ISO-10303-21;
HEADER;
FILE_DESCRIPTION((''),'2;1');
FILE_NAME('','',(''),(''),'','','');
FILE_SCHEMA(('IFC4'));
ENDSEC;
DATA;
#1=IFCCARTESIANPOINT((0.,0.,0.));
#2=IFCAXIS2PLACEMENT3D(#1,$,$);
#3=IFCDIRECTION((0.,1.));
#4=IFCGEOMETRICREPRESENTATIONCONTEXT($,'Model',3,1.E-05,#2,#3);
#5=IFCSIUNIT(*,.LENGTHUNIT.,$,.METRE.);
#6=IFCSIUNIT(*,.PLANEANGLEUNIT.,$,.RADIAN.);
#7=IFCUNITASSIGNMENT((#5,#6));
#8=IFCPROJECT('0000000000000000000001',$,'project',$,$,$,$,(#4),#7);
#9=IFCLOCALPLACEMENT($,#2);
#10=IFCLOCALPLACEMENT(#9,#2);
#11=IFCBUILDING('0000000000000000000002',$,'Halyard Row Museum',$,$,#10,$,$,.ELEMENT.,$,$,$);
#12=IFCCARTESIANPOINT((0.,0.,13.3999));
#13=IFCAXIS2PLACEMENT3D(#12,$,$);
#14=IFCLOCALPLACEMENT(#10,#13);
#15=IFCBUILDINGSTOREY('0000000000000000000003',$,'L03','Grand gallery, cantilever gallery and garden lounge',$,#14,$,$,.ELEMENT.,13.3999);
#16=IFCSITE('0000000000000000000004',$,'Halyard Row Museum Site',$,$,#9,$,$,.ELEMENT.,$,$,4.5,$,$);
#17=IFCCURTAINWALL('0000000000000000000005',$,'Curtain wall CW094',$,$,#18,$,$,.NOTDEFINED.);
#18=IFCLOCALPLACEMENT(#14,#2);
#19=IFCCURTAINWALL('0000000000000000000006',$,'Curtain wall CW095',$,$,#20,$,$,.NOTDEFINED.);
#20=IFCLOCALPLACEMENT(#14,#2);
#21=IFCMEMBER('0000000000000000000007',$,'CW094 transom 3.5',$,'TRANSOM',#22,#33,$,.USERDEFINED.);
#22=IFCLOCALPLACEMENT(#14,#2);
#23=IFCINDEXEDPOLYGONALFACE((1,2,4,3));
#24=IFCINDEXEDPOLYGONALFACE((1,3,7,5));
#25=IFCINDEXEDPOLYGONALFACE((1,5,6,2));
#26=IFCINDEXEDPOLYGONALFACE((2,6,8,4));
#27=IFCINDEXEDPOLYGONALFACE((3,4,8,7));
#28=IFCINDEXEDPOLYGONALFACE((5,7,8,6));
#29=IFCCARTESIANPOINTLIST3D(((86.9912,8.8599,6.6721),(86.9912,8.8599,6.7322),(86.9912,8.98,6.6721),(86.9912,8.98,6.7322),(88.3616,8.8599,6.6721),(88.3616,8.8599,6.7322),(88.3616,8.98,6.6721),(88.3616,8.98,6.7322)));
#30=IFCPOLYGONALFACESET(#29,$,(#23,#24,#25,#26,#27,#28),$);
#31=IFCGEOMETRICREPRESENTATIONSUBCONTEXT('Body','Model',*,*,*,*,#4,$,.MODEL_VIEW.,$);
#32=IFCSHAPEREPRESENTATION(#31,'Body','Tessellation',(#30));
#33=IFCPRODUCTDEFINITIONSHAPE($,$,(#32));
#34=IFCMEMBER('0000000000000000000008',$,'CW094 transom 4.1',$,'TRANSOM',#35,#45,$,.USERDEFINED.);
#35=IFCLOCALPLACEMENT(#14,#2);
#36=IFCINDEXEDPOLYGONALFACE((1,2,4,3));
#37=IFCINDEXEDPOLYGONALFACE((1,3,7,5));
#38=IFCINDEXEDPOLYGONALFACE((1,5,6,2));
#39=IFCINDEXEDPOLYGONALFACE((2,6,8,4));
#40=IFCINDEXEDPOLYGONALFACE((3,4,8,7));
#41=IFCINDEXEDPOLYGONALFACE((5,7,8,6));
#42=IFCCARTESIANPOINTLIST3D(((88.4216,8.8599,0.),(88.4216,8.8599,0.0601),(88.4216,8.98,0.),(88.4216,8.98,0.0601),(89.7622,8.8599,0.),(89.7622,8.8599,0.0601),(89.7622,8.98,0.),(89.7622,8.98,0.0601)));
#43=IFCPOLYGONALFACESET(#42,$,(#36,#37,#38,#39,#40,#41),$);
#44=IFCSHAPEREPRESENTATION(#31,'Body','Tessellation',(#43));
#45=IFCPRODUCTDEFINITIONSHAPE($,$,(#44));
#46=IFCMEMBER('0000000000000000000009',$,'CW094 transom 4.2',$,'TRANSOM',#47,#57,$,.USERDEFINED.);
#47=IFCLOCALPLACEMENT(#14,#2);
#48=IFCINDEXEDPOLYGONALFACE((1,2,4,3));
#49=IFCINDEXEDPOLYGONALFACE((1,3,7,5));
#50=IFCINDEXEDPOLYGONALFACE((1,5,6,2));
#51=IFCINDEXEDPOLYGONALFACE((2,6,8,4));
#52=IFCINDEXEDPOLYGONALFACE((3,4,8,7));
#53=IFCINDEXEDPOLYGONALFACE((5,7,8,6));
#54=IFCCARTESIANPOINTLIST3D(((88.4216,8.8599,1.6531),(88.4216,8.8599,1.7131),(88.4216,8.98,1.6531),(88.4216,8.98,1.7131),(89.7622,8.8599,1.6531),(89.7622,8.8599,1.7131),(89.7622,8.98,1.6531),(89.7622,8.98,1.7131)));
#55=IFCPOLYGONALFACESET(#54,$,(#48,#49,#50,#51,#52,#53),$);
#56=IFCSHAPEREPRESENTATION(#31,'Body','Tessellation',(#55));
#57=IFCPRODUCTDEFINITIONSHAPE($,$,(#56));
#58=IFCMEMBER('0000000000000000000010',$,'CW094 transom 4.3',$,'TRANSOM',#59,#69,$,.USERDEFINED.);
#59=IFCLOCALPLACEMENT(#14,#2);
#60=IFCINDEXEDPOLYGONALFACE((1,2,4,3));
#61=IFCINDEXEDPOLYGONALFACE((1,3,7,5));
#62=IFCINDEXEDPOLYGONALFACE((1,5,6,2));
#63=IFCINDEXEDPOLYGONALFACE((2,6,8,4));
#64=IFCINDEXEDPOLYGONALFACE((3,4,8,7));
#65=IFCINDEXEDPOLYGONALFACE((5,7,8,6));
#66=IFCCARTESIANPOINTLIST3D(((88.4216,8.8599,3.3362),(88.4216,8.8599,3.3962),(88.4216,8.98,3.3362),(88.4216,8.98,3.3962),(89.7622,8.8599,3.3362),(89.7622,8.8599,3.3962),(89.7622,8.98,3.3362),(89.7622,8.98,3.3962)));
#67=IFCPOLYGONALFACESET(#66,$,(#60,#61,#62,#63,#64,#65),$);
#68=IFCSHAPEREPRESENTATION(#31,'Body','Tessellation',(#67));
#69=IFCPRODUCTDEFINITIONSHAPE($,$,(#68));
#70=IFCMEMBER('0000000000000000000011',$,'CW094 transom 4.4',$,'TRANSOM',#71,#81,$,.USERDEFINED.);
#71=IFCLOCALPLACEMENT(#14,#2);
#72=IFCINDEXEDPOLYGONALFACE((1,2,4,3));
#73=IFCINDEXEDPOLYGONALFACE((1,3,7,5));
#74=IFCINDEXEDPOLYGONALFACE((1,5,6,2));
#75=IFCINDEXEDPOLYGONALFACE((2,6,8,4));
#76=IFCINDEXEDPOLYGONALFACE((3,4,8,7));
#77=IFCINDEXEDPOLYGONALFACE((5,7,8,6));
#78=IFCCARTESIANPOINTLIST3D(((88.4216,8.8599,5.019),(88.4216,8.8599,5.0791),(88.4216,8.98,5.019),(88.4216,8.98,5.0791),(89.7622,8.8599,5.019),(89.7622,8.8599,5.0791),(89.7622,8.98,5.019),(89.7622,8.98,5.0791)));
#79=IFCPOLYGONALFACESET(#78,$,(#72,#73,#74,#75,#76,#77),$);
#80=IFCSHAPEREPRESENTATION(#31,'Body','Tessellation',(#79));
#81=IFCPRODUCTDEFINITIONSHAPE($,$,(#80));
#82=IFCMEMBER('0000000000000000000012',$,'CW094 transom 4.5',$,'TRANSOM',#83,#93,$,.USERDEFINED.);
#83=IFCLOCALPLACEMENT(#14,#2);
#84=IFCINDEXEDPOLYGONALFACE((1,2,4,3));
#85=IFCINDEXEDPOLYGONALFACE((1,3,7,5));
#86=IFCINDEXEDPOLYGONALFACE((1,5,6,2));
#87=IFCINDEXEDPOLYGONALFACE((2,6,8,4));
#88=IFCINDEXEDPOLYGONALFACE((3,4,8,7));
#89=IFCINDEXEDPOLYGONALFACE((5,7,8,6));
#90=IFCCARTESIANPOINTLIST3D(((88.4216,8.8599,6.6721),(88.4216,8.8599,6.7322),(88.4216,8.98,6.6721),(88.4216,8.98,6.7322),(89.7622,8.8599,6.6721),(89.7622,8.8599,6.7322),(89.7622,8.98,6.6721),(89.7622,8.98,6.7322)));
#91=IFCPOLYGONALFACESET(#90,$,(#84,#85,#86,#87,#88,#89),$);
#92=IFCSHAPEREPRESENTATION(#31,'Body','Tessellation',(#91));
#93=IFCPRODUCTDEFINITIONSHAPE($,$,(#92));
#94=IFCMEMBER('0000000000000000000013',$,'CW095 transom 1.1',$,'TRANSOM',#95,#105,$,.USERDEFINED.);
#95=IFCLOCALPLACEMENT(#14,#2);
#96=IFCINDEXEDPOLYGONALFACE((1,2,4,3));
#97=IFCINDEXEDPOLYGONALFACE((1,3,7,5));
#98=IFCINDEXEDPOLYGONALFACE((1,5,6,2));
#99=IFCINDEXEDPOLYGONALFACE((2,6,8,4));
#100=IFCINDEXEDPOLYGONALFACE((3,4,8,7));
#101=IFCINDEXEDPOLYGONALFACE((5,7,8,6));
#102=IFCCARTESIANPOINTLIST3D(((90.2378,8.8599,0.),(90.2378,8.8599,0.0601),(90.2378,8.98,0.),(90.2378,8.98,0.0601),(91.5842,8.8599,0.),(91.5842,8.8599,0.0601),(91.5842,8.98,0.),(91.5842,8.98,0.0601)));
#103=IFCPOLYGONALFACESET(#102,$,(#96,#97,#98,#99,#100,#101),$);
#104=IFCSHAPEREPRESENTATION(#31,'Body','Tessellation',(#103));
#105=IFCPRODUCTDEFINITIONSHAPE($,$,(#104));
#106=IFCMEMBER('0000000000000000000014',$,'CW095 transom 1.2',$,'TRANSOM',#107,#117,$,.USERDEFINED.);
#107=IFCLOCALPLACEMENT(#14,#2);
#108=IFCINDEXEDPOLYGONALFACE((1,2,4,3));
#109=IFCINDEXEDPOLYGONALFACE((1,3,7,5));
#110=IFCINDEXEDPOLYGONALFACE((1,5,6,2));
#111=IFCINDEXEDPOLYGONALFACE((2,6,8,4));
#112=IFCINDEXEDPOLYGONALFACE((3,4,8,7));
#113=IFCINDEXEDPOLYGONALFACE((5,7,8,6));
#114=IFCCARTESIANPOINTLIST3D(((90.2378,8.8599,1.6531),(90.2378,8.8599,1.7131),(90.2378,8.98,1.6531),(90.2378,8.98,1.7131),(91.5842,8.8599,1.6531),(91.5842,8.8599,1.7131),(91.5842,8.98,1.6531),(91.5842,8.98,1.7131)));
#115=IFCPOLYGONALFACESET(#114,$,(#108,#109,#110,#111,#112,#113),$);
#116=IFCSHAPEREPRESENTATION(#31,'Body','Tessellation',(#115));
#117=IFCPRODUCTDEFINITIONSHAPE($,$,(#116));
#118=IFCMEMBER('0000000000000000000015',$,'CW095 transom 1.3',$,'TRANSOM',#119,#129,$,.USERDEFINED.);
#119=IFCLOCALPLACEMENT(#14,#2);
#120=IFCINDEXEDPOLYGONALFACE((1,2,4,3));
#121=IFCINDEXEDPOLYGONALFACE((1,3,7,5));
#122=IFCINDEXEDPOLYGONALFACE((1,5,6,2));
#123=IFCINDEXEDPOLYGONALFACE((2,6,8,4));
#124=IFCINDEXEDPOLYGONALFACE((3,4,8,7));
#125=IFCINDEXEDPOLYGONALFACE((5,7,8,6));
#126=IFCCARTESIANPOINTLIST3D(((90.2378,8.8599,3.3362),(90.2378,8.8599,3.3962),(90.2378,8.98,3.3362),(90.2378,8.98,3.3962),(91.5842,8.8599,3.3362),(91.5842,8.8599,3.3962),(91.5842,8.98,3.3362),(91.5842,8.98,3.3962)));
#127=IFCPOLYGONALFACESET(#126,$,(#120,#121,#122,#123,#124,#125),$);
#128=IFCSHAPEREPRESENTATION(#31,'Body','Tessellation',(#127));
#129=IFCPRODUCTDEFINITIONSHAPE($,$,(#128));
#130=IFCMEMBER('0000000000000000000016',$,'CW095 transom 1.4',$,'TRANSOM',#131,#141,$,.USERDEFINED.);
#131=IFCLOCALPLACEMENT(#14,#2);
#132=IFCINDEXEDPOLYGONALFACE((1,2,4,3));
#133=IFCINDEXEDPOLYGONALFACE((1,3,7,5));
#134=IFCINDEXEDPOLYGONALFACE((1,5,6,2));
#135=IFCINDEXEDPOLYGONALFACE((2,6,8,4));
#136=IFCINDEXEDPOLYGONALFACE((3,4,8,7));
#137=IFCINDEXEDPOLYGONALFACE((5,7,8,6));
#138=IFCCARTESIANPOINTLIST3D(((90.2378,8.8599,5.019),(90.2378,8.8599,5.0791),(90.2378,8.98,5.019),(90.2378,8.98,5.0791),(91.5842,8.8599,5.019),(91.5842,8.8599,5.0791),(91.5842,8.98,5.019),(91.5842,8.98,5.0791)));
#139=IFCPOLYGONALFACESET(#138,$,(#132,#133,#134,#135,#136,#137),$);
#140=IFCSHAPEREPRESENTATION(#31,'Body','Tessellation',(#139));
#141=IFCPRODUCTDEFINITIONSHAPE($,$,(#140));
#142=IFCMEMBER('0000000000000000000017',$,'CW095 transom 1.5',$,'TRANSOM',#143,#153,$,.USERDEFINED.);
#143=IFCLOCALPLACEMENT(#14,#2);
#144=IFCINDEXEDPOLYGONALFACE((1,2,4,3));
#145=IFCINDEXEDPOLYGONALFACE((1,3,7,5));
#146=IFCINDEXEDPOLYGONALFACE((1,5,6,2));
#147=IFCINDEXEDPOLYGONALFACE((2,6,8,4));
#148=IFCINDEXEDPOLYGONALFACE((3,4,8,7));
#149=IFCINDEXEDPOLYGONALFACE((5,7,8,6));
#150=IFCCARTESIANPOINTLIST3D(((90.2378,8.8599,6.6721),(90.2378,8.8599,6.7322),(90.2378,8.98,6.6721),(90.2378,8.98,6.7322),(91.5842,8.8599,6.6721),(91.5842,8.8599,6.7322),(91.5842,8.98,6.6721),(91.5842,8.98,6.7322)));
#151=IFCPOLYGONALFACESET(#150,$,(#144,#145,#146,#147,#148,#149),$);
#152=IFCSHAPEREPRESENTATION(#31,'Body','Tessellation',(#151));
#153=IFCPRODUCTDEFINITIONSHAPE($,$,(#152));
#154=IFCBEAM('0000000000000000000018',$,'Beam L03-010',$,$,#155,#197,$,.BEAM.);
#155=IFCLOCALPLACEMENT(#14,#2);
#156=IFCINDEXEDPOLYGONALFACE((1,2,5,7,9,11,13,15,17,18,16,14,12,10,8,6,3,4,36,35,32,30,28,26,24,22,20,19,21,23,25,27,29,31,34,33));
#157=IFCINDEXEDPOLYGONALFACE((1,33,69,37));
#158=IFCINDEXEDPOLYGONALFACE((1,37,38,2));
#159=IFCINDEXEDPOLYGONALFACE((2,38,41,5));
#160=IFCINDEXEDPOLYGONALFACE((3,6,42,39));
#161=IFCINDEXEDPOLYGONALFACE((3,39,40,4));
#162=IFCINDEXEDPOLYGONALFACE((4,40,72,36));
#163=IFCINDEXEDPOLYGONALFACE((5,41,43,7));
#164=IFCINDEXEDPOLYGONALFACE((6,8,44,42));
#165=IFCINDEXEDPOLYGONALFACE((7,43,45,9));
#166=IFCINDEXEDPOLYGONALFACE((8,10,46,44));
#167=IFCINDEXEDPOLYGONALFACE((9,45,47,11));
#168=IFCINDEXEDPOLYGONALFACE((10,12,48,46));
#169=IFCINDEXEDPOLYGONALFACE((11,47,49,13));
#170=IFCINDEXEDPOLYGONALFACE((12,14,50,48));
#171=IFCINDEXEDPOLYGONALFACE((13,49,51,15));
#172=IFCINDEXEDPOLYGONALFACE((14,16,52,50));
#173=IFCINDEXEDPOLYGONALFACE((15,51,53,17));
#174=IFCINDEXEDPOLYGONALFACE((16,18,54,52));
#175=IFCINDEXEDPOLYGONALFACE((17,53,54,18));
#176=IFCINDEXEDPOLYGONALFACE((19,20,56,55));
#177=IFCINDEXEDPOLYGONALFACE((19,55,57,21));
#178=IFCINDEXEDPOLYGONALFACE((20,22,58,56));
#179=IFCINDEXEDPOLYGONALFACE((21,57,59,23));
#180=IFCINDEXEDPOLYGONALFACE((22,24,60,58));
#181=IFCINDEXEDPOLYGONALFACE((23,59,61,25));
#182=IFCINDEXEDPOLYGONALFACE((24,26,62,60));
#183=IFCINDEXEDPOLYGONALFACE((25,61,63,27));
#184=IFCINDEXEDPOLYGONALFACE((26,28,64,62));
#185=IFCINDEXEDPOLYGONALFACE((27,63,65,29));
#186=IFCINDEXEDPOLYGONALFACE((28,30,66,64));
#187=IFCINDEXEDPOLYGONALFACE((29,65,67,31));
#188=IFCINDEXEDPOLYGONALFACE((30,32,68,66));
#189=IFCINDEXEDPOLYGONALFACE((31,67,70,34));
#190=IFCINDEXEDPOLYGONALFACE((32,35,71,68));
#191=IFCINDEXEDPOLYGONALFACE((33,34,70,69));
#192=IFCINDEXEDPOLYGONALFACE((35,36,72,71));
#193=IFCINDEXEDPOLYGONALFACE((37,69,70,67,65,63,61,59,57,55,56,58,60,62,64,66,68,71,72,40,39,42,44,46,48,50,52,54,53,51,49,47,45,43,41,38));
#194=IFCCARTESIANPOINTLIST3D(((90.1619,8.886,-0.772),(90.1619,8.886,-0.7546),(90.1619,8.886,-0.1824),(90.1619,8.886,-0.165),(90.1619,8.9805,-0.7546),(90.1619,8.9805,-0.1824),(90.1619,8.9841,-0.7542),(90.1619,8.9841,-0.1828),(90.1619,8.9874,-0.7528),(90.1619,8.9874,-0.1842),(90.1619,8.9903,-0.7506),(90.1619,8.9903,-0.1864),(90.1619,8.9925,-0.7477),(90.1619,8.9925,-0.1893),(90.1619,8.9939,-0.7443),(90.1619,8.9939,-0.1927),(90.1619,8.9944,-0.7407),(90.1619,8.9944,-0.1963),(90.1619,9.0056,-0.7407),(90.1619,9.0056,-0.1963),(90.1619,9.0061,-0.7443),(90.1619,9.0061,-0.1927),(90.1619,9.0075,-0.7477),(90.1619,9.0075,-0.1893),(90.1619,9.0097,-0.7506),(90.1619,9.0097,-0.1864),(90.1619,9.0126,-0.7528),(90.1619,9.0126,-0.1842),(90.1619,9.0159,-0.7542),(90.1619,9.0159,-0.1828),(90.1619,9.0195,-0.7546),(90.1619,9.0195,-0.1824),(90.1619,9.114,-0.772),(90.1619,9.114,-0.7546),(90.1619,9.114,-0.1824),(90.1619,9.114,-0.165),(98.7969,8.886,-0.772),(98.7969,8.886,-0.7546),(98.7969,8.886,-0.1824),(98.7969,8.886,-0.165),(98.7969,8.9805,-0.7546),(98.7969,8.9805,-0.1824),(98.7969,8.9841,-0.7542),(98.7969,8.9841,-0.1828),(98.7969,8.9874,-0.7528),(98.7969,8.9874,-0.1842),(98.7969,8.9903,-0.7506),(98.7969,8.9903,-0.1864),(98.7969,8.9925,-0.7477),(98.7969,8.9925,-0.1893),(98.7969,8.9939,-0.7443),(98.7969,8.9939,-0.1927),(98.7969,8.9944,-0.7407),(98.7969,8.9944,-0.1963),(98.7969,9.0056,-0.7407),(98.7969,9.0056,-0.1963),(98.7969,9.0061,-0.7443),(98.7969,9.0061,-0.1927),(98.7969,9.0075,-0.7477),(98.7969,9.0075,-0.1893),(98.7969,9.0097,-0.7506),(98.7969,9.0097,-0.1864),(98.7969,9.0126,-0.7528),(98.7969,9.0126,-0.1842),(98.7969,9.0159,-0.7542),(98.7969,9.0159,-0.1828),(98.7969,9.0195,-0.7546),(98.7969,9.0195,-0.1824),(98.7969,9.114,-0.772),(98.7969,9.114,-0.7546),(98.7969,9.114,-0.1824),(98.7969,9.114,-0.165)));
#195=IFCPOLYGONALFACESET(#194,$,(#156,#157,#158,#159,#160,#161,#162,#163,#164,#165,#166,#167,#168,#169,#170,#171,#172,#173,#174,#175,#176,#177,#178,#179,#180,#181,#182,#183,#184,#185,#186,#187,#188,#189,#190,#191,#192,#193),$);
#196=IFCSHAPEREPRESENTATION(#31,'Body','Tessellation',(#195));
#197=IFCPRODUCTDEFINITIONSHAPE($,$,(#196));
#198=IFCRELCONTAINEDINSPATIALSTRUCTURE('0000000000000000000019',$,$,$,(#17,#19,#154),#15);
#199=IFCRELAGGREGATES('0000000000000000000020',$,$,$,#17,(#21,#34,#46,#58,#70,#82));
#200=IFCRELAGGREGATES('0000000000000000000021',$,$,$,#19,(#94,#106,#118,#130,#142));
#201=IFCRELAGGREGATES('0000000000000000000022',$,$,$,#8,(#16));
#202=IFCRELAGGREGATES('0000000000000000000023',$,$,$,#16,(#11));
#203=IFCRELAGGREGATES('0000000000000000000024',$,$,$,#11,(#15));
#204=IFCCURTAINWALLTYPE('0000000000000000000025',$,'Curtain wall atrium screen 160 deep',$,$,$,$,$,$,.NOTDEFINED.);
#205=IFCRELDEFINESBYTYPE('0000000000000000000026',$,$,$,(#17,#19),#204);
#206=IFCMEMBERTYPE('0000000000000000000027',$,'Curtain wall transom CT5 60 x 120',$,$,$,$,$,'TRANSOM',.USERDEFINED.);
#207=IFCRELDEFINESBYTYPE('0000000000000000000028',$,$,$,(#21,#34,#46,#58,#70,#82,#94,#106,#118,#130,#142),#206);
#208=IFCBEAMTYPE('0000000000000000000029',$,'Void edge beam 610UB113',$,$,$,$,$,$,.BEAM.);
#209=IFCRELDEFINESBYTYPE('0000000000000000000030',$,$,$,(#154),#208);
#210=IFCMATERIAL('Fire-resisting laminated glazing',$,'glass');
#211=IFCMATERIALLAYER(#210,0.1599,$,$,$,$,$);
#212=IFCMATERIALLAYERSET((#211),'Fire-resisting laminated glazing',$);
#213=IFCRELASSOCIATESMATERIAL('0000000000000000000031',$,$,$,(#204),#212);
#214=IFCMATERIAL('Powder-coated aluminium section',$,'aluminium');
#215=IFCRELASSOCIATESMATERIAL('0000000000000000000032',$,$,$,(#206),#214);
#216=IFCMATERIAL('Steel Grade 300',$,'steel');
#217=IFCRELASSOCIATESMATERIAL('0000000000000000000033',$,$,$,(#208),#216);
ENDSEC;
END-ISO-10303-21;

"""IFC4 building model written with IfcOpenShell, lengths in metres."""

from ifc_helpers import new_model, si_unit, direction, frame, origin, origin_2d, place, context, subcontext, project, spatial, rectangle, i_section, extrude, material, layer, layer_set, material_profile, profile_set, type_object, element, aggregate, save


model = new_model("IFC4")

# Units and contexts
model_context = context("Model", 3, precision=1e-05, world=origin(), true_north=direction((0.0, 1.0)))
body_context = subcontext(model_context, "Body", "Model", "MODEL_VIEW")
ifc_project = project(units=[si_unit("LENGTHUNIT", "METRE"), si_unit("PLANEANGLEUNIT", "RADIAN")], contexts=[model_context])

# Site, building, storey
site_placement = place(None, origin())
site = spatial("IfcSite", under=ifc_project, at=site_placement, Name="Halyard Row Museum Site", CompositionType="ELEMENT", RefElevation=4.5)
building_placement = place(site_placement, origin())
building = spatial("IfcBuilding", under=site, at=building_placement, Name="Halyard Row Museum", CompositionType="ELEMENT")
storey_placement = place(building_placement, frame((0.0, 0.0, 13.3999)))
storey = spatial("IfcBuildingStorey", under=building, at=storey_placement, Name="L03", Description="Grand gallery, cantilever gallery and garden lounge", CompositionType="ELEMENT", Elevation=13.3999)

# Curtain walls
ifc_material_1 = material(Name="Fire-resisting laminated glazing", Category="glass")
ifc_layer_1 = layer(ifc_material_1, 0.1599)
ifc_layer_set_1 = layer_set([ifc_layer_1], Name="Fire-resisting laminated glazing")
curtain_wall_type_1 = type_object("IfcCurtainWallType", Name="Curtain wall atrium screen 160 deep", PredefinedType="NOTDEFINED", material=ifc_layer_set_1)
curtain_wall_1_placement = place(storey_placement, origin())
curtain_wall_1 = element("IfcCurtainWall", 1, at=curtain_wall_1_placement, inside=storey, type_object=curtain_wall_type_1, Name="Curtain wall CW094", PredefinedType="NOTDEFINED")
curtain_wall_2_placement = place(storey_placement, origin())
curtain_wall_2 = element("IfcCurtainWall", 2, at=curtain_wall_2_placement, inside=storey, type_object=curtain_wall_type_1, Name="Curtain wall CW095", PredefinedType="NOTDEFINED")

# Members
ifc_material_2 = material(Name="Powder-coated aluminium section", Category="aluminium")
ifc_material_profile_1 = material_profile(ifc_material_2, rectangle(XDim=0.1201, YDim=0.0601, at=origin_2d()), Name="120x60 transom")
ifc_profile_set_1 = profile_set([ifc_material_profile_1], Name="Powder-coated aluminium section")
member_type_1 = type_object("IfcMemberType", Name="Curtain wall transom CT5 60 x 120", ElementType="TRANSOM", PredefinedType="USERDEFINED", material=ifc_profile_set_1)
member_1_placement = place(storey_placement, frame((86.9912, 8.9199, 6.7021), z_axis=(1.0, 0.0, 0.0), x_axis=(0.0, 1.0, 0.0)))
member_1 = element("IfcMember", 3, at=member_1_placement, type_object=member_type_1, Name="CW094 transom 3.5", ObjectType="TRANSOM", PredefinedType="USERDEFINED", context=body_context, shape_type="SweptSolid", body=[
    extrude(rectangle(XDim=0.1201, YDim=0.0601, at=origin_2d()), origin(), (0.0, 0.0, 1.0), 1.3704),
])
member_2_placement = place(storey_placement, frame((88.4216, 8.9199, 0.03), z_axis=(1.0, 0.0, 0.0), x_axis=(0.0, 1.0, 0.0)))
member_2 = element("IfcMember", 4, at=member_2_placement, type_object=member_type_1, Name="CW094 transom 4.1", ObjectType="TRANSOM", PredefinedType="USERDEFINED", context=body_context, shape_type="SweptSolid", body=[
    extrude(rectangle(XDim=0.1201, YDim=0.0601, at=origin_2d()), origin(), (0.0, 0.0, 1.0), 1.3406),
])
member_3_placement = place(storey_placement, frame((88.4216, 8.9199, 1.6831), z_axis=(1.0, 0.0, 0.0), x_axis=(0.0, 1.0, 0.0)))
member_3 = element("IfcMember", 5, at=member_3_placement, type_object=member_type_1, Name="CW094 transom 4.2", ObjectType="TRANSOM", PredefinedType="USERDEFINED", context=body_context, shape_type="SweptSolid", body=[
    extrude(rectangle(XDim=0.1201, YDim=0.0601, at=origin_2d()), origin(), (0.0, 0.0, 1.0), 1.3406),
])
member_4_placement = place(storey_placement, frame((88.4216, 8.9199, 3.3662), z_axis=(1.0, 0.0, 0.0), x_axis=(0.0, 1.0, 0.0)))
member_4 = element("IfcMember", 6, at=member_4_placement, type_object=member_type_1, Name="CW094 transom 4.3", ObjectType="TRANSOM", PredefinedType="USERDEFINED", context=body_context, shape_type="SweptSolid", body=[
    extrude(rectangle(XDim=0.1201, YDim=0.0601, at=origin_2d()), origin(), (0.0, 0.0, 1.0), 1.3406),
])
member_5_placement = place(storey_placement, frame((88.4216, 8.9199, 5.0491), z_axis=(1.0, 0.0, 0.0), x_axis=(0.0, 1.0, 0.0)))
member_5 = element("IfcMember", 7, at=member_5_placement, type_object=member_type_1, Name="CW094 transom 4.4", ObjectType="TRANSOM", PredefinedType="USERDEFINED", context=body_context, shape_type="SweptSolid", body=[
    extrude(rectangle(XDim=0.1201, YDim=0.0601, at=origin_2d()), origin(), (0.0, 0.0, 1.0), 1.3406),
])
member_6_placement = place(storey_placement, frame((88.4216, 8.9199, 6.7021), z_axis=(1.0, 0.0, 0.0), x_axis=(0.0, 1.0, 0.0)))
member_6 = element("IfcMember", 8, at=member_6_placement, type_object=member_type_1, Name="CW094 transom 4.5", ObjectType="TRANSOM", PredefinedType="USERDEFINED", context=body_context, shape_type="SweptSolid", body=[
    extrude(rectangle(XDim=0.1201, YDim=0.0601, at=origin_2d()), origin(), (0.0, 0.0, 1.0), 1.3406),
])
member_7_placement = place(storey_placement, frame((90.2378, 8.9199, 0.03), z_axis=(1.0, 0.0, 0.0), x_axis=(0.0, 1.0, 0.0)))
member_7 = element("IfcMember", 9, at=member_7_placement, type_object=member_type_1, Name="CW095 transom 1.1", ObjectType="TRANSOM", PredefinedType="USERDEFINED", context=body_context, shape_type="SweptSolid", body=[
    extrude(rectangle(XDim=0.1201, YDim=0.0601, at=origin_2d()), origin(), (0.0, 0.0, 1.0), 1.3464),
])
member_8_placement = place(storey_placement, frame((90.2378, 8.9199, 1.6831), z_axis=(1.0, 0.0, 0.0), x_axis=(0.0, 1.0, 0.0)))
member_8 = element("IfcMember", 10, at=member_8_placement, type_object=member_type_1, Name="CW095 transom 1.2", ObjectType="TRANSOM", PredefinedType="USERDEFINED", context=body_context, shape_type="SweptSolid", body=[
    extrude(rectangle(XDim=0.1201, YDim=0.0601, at=origin_2d()), origin(), (0.0, 0.0, 1.0), 1.3464),
])
member_9_placement = place(storey_placement, frame((90.2378, 8.9199, 3.3662), z_axis=(1.0, 0.0, 0.0), x_axis=(0.0, 1.0, 0.0)))
member_9 = element("IfcMember", 11, at=member_9_placement, type_object=member_type_1, Name="CW095 transom 1.3", ObjectType="TRANSOM", PredefinedType="USERDEFINED", context=body_context, shape_type="SweptSolid", body=[
    extrude(rectangle(XDim=0.1201, YDim=0.0601, at=origin_2d()), origin(), (0.0, 0.0, 1.0), 1.3464),
])
member_10_placement = place(storey_placement, frame((90.2378, 8.9199, 5.0491), z_axis=(1.0, 0.0, 0.0), x_axis=(0.0, 1.0, 0.0)))
member_10 = element("IfcMember", 12, at=member_10_placement, type_object=member_type_1, Name="CW095 transom 1.4", ObjectType="TRANSOM", PredefinedType="USERDEFINED", context=body_context, shape_type="SweptSolid", body=[
    extrude(rectangle(XDim=0.1201, YDim=0.0601, at=origin_2d()), origin(), (0.0, 0.0, 1.0), 1.3464),
])
member_11_placement = place(storey_placement, frame((90.2378, 8.9199, 6.7021), z_axis=(1.0, 0.0, 0.0), x_axis=(0.0, 1.0, 0.0)))
member_11 = element("IfcMember", 13, at=member_11_placement, type_object=member_type_1, Name="CW095 transom 1.5", ObjectType="TRANSOM", PredefinedType="USERDEFINED", context=body_context, shape_type="SweptSolid", body=[
    extrude(rectangle(XDim=0.1201, YDim=0.0601, at=origin_2d()), origin(), (0.0, 0.0, 1.0), 1.3464),
])

# Beam
ifc_material_3 = material(Name="Steel Grade 300", Category="steel")
ifc_material_profile_2 = material_profile(ifc_material_3, i_section(OverallWidth=0.228, OverallDepth=0.6069, WebThickness=0.0112, FlangeThickness=0.0173, FilletRadius=0.0139, at=origin_2d()), Name="610UB113")
ifc_profile_set_2 = profile_set([ifc_material_profile_2], Name="Steel Grade 300")
beam_type = type_object("IfcBeamType", Name="Void edge beam 610UB113", PredefinedType="BEAM", material=ifc_profile_set_2)
beam_placement = place(storey_placement, frame((90.1619, 9.0, -0.4685), z_axis=(1.0, 0.0, 0.0), x_axis=(0.0, 1.0, 0.0)))
element("IfcBeam", 14, at=beam_placement, inside=storey, type_object=beam_type, Name="Beam L03-010", PredefinedType="BEAM", context=body_context, shape_type="SweptSolid", body=[
    extrude(i_section(OverallWidth=0.228, OverallDepth=0.6069, WebThickness=0.0112, FlangeThickness=0.0173, FilletRadius=0.0139, at=origin_2d()), origin(), (0.0, 0.0, 1.0), 8.635),
])

aggregate(curtain_wall_1, [member_1, member_2, member_3, member_4, member_5, member_6])
aggregate(curtain_wall_2, [member_7, member_8, member_9, member_10, member_11])

save(model, "model.ifc")
